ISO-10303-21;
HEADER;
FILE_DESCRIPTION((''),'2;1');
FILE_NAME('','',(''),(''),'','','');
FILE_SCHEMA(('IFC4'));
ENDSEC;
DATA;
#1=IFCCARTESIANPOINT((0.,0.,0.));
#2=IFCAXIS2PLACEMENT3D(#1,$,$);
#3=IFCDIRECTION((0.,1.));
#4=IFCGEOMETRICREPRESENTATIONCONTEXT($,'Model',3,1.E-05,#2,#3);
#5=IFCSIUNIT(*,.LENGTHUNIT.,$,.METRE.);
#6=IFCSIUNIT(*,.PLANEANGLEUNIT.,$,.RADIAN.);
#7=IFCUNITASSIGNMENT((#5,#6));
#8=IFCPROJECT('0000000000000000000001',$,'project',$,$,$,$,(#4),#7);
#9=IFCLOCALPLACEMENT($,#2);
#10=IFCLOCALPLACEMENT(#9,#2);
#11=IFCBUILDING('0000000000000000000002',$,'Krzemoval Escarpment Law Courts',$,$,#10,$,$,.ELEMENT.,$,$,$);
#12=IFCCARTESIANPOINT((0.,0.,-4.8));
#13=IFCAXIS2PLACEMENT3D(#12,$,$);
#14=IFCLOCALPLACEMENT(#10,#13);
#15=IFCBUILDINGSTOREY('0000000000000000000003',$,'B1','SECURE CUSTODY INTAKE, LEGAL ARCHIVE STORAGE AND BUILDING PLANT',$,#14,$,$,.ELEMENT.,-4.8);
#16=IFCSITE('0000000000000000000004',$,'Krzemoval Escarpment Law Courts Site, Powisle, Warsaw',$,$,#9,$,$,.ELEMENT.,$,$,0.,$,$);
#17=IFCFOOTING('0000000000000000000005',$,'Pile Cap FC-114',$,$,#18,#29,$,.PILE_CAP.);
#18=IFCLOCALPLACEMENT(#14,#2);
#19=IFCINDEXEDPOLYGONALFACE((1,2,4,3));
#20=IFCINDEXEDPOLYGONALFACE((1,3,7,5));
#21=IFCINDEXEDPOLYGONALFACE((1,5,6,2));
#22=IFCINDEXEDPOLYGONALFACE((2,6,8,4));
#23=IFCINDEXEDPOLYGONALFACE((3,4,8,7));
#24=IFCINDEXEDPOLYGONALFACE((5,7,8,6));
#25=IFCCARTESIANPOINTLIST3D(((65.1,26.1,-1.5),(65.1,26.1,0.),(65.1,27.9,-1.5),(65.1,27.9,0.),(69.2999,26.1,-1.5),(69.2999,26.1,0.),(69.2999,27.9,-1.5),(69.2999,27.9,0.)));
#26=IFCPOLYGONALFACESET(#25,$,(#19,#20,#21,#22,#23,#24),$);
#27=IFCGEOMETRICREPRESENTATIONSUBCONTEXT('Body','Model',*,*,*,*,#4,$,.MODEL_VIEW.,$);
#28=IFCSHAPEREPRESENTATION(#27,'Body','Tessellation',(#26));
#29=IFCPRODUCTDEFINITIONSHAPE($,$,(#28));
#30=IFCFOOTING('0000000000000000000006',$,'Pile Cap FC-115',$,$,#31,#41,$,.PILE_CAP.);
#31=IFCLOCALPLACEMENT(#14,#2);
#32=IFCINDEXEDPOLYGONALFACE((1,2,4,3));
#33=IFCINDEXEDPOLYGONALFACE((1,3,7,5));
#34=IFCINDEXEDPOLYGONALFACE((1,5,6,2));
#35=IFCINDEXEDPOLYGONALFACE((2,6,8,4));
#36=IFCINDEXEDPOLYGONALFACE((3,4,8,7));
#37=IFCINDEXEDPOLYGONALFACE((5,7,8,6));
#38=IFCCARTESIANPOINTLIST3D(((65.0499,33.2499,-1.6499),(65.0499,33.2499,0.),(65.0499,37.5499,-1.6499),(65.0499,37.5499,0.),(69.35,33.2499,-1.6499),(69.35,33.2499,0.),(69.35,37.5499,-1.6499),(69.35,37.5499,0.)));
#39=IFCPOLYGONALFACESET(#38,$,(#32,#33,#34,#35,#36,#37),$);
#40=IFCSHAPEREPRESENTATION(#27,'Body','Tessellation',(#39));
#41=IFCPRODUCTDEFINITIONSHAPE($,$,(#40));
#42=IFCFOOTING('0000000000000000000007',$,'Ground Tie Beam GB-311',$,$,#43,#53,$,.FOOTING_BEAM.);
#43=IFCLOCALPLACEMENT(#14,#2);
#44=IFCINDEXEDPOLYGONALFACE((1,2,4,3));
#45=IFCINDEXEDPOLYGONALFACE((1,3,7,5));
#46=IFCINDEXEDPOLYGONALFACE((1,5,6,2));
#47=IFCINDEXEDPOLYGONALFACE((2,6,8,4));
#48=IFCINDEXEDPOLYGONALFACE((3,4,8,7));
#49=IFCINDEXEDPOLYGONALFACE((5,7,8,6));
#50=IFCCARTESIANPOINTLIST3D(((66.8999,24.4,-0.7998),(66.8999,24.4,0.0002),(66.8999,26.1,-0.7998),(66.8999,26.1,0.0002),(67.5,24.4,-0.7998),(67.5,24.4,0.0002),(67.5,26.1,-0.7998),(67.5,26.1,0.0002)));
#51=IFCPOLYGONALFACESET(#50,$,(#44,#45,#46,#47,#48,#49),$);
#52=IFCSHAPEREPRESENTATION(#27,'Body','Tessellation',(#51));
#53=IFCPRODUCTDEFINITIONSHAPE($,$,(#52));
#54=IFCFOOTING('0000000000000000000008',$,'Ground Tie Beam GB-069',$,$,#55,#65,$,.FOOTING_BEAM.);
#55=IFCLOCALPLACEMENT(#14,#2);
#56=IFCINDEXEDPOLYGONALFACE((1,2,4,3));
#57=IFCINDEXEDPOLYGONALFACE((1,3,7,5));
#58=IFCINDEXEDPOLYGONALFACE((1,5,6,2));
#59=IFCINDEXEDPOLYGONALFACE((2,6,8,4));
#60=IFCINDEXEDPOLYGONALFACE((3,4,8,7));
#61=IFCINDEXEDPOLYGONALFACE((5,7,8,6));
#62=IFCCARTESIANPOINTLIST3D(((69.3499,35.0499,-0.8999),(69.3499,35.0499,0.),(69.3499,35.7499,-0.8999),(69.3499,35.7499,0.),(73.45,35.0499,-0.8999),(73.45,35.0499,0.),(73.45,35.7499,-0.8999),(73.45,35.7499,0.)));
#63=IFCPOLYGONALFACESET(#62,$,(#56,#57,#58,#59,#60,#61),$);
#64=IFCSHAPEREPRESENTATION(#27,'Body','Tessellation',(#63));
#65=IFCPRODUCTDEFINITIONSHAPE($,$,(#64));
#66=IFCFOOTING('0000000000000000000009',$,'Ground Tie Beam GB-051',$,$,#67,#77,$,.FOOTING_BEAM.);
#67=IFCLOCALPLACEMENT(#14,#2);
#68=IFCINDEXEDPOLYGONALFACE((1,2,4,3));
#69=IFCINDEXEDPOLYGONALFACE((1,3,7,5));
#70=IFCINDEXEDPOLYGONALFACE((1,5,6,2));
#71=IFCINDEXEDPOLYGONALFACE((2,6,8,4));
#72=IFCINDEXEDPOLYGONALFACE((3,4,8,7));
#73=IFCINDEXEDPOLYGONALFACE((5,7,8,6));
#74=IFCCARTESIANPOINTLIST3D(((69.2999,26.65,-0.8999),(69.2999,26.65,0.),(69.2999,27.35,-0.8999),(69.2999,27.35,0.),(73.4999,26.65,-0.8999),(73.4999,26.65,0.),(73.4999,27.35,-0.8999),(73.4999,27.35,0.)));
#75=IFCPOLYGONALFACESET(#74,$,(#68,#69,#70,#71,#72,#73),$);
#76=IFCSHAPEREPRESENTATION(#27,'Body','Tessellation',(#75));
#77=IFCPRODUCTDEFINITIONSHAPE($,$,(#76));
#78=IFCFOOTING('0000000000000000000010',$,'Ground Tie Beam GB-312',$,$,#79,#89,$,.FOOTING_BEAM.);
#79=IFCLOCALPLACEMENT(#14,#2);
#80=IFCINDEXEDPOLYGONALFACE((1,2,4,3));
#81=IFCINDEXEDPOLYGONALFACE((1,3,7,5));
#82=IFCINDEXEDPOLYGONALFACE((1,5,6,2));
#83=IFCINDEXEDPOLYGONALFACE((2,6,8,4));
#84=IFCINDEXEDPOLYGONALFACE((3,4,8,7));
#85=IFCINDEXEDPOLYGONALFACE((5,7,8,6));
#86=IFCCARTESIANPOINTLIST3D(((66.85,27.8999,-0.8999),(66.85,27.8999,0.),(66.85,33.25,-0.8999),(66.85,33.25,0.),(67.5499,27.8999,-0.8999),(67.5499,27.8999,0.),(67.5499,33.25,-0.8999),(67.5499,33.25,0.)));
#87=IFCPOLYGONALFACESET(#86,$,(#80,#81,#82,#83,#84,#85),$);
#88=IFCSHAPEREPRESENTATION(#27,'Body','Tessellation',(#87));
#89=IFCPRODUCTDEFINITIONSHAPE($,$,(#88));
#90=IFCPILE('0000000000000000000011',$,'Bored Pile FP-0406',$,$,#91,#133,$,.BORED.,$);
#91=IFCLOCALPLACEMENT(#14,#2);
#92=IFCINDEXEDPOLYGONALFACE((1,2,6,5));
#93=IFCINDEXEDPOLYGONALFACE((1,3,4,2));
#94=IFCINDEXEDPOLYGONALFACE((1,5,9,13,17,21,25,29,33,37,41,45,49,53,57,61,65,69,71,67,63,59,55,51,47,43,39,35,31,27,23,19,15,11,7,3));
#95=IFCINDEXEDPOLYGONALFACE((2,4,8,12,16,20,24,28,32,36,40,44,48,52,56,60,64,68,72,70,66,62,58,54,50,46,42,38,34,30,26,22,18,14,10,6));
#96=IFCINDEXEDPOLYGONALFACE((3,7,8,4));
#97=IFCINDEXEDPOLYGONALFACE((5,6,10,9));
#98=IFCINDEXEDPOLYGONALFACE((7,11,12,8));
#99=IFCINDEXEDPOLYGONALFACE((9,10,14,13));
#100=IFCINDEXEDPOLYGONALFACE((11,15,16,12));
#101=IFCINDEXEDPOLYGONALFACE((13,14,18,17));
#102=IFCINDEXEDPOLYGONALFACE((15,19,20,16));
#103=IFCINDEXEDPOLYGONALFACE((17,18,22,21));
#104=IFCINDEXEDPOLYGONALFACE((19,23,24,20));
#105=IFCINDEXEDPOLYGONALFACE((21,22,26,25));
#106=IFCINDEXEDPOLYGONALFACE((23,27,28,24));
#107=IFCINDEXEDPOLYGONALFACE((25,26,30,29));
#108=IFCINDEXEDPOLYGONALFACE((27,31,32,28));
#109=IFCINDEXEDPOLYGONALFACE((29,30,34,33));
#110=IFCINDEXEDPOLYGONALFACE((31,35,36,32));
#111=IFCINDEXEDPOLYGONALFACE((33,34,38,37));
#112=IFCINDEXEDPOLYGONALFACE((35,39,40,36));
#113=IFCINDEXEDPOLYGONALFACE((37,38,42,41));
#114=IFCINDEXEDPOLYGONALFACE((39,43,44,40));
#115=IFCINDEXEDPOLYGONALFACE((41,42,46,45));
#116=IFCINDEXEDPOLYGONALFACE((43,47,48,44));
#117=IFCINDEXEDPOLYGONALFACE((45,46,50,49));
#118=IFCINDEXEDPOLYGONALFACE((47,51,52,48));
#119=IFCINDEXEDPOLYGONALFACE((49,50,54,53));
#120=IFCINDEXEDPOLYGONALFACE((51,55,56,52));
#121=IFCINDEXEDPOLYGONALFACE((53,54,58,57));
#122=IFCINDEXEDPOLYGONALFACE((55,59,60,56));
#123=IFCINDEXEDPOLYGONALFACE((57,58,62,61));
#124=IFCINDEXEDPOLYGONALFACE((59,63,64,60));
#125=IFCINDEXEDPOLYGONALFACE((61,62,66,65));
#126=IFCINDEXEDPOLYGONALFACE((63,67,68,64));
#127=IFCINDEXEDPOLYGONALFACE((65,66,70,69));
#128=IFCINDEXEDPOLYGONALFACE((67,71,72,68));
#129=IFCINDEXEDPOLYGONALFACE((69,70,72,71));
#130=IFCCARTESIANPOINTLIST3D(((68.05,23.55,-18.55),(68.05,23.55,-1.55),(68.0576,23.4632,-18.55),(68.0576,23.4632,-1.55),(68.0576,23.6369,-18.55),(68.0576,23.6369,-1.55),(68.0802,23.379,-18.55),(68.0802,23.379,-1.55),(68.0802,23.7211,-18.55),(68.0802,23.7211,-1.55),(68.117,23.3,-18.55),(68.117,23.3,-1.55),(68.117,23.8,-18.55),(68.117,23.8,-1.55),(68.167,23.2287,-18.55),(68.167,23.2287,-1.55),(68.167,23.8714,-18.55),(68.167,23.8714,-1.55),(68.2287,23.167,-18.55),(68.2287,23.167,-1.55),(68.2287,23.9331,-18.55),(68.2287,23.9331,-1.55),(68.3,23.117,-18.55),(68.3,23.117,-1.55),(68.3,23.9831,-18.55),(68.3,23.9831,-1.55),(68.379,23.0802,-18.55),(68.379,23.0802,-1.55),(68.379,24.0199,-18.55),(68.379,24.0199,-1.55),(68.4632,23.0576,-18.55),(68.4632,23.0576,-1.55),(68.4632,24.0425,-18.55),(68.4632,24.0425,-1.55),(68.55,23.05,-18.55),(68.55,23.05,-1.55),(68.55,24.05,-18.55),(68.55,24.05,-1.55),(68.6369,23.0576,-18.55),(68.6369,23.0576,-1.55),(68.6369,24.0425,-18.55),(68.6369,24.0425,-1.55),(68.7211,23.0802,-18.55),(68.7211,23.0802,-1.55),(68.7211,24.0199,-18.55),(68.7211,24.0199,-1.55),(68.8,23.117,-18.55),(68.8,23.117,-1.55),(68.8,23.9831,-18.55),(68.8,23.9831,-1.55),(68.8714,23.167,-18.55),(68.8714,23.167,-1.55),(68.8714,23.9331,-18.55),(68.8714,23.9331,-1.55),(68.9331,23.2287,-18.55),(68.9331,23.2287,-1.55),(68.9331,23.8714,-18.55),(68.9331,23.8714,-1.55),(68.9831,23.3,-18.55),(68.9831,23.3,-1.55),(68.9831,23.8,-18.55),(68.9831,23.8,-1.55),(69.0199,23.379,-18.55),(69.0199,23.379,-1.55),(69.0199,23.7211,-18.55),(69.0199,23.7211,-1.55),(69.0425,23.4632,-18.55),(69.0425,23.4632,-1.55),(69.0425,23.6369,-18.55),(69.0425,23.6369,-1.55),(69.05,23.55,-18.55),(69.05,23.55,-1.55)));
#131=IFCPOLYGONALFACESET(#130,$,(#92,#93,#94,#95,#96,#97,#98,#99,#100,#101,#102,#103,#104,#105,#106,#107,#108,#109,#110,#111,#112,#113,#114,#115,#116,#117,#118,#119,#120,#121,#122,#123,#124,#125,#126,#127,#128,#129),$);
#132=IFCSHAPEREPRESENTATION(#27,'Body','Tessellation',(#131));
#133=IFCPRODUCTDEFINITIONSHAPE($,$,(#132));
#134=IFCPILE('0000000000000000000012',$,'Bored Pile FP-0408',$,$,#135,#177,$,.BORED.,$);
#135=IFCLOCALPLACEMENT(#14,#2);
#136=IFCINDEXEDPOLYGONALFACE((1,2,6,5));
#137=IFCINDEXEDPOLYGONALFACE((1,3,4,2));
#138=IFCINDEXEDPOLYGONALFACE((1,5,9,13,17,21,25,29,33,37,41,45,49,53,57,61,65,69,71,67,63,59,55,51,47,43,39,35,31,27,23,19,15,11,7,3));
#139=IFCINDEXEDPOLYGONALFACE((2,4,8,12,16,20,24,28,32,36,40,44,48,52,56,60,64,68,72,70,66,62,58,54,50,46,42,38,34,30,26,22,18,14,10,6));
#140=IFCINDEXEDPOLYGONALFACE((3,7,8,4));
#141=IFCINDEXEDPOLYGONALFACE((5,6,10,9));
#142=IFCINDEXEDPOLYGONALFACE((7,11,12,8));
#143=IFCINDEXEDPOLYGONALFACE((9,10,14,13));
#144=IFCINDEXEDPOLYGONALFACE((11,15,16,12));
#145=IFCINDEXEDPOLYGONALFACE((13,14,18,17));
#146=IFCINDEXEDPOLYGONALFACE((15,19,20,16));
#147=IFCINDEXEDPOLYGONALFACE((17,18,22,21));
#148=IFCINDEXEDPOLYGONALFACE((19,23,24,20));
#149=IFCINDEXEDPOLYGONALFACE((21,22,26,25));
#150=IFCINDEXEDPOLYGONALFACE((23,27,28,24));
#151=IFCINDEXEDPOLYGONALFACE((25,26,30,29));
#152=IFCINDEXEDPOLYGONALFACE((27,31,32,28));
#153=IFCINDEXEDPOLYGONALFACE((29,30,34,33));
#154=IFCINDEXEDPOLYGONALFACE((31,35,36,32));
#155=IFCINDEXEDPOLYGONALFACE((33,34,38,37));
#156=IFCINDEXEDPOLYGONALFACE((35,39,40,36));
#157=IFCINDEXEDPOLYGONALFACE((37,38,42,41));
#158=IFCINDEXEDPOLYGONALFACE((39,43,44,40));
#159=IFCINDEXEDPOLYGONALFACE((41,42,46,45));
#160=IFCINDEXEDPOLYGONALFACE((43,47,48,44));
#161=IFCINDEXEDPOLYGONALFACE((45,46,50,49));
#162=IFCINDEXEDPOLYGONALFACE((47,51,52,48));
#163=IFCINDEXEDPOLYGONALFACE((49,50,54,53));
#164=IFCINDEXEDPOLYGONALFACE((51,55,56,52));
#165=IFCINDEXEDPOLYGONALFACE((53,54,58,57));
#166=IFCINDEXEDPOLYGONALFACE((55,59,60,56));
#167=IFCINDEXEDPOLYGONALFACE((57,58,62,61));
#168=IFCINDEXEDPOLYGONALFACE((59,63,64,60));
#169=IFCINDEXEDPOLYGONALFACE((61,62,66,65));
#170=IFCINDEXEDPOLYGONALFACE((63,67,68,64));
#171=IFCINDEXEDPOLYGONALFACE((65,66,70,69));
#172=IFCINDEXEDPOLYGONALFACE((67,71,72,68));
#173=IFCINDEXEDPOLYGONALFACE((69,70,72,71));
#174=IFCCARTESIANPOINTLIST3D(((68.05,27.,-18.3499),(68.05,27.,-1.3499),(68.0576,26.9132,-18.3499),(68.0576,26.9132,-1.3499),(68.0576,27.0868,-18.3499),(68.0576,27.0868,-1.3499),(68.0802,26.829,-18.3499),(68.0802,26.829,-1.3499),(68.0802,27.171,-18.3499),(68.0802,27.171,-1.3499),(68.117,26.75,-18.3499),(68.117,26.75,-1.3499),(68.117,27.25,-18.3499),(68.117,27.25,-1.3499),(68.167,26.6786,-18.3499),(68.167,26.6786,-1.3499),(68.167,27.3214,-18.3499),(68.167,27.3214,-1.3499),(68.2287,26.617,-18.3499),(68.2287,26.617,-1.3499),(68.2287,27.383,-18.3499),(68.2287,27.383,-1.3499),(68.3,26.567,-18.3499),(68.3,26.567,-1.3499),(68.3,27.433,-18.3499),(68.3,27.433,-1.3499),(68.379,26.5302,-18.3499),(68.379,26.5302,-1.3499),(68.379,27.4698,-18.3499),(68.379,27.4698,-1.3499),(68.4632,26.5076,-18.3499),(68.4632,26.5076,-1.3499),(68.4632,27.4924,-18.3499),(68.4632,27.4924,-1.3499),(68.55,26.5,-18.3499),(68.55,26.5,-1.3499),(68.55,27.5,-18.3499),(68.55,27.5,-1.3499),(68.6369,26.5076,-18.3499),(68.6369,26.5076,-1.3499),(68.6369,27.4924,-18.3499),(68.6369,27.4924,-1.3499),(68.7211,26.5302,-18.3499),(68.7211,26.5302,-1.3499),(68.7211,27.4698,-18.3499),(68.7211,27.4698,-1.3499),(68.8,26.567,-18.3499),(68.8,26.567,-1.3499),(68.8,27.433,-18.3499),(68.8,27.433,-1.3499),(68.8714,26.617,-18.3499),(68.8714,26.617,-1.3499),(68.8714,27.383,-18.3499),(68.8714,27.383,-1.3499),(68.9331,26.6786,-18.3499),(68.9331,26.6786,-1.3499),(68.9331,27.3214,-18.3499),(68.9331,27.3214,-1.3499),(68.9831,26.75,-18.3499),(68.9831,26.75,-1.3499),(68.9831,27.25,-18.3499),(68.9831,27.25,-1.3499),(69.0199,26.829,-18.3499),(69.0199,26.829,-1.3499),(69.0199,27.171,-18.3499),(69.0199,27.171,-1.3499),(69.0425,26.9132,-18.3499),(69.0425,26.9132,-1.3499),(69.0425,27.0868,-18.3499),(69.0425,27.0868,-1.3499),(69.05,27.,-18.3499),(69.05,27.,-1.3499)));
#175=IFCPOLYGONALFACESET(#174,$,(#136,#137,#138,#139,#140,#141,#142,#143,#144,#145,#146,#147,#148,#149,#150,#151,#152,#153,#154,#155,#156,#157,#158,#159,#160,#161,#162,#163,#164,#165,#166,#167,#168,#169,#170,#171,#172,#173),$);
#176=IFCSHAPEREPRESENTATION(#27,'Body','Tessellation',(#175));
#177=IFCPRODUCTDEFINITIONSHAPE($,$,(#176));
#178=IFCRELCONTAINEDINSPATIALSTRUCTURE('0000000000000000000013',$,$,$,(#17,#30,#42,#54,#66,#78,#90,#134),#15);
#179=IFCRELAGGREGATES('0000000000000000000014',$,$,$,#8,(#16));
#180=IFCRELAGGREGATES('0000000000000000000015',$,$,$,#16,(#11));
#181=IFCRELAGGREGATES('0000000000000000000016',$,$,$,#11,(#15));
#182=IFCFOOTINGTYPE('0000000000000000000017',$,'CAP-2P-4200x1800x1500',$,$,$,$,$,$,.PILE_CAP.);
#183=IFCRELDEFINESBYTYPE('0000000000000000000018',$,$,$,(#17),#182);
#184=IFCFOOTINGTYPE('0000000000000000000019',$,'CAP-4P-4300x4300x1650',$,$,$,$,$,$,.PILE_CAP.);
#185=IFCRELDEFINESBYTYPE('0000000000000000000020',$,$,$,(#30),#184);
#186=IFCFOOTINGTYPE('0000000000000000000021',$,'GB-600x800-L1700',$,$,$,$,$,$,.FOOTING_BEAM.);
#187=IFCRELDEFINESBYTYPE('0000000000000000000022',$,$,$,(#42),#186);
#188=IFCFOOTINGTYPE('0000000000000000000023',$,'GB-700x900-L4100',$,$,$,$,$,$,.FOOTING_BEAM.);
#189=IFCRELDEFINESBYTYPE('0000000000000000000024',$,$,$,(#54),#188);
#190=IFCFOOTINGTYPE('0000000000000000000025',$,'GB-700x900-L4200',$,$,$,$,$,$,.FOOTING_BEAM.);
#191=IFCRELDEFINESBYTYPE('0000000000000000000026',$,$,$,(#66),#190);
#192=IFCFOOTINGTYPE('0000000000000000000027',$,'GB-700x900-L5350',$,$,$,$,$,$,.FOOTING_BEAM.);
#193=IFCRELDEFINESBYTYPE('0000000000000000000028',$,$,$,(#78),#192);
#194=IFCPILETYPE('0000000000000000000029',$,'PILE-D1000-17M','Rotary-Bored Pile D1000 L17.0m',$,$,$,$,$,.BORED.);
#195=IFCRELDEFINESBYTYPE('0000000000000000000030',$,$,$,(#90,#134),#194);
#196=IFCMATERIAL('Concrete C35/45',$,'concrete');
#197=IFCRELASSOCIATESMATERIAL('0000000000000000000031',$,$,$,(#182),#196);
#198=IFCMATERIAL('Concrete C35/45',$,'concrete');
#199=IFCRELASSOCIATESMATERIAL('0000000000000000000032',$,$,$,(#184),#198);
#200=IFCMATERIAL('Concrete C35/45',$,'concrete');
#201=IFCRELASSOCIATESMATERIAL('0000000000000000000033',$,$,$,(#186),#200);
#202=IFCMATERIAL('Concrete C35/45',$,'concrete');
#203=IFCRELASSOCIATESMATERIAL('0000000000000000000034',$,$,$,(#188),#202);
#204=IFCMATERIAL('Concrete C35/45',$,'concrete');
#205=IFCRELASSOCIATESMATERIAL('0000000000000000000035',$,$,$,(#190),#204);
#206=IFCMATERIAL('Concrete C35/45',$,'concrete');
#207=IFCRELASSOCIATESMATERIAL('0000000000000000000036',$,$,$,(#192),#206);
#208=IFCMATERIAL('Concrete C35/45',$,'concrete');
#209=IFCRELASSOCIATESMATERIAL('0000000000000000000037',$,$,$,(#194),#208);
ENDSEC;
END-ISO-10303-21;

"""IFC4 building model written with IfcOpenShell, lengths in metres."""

from ifc_helpers import new_model, si_unit, direction, frame, origin, origin_2d, place, context, subcontext, project, spatial, rectangle, circle, extrude, material, material_profile, profile_set, type_object, element, save


model = new_model("IFC4")

# Units and contexts
model_context = context("Model", 3, precision=1e-05, world=origin(), true_north=direction((0.0, 1.0)))
body_context = subcontext(model_context, "Body", "Model", "MODEL_VIEW")
ifc_project = project(units=[si_unit("LENGTHUNIT", "METRE"), si_unit("PLANEANGLEUNIT", "RADIAN")], contexts=[model_context])

# Site, building, storey
site_placement = place(None, origin())
site = spatial("IfcSite", under=ifc_project, at=site_placement, Name="Krzemoval Escarpment Law Courts Site, Powisle, Warsaw", CompositionType="ELEMENT", RefElevation=0.0)
building_placement = place(site_placement, origin())
building = spatial("IfcBuilding", under=site, at=building_placement, Name="Krzemoval Escarpment Law Courts", CompositionType="ELEMENT")
storey_placement = place(building_placement, frame((0.0, 0.0, -4.8)))
storey = spatial("IfcBuildingStorey", under=building, at=storey_placement, Name="B1", Description="SECURE CUSTODY INTAKE, LEGAL ARCHIVE STORAGE AND BUILDING PLANT", CompositionType="ELEMENT", Elevation=-4.8)

# Footings
ifc_material_1 = material(Name="Concrete C35/45", Category="concrete")
footing_type_1 = type_object("IfcFootingType", Name="CAP-2P-4200x1800x1500", PredefinedType="PILE_CAP", material=ifc_material_1)
footing_1_placement = place(storey_placement, frame((67.2, 27.0, -1.5), z_axis=(0.0, 0.0, 1.0), x_axis=(1.0, 0.0, 0.0)))
element("IfcFooting", 1, at=footing_1_placement, inside=storey, type_object=footing_type_1, Name="Pile Cap FC-114", PredefinedType="PILE_CAP", context=body_context, shape_type="SweptSolid", body=[
    extrude(rectangle(XDim=4.2, YDim=1.8, at=origin_2d()), origin(), (0.0, 0.0, 1.0), 1.5),
])
ifc_material_2 = material(Name="Concrete C35/45", Category="concrete")
footing_type_2 = type_object("IfcFootingType", Name="CAP-4P-4300x4300x1650", PredefinedType="PILE_CAP", material=ifc_material_2)
footing_2_placement = place(storey_placement, frame((67.2, 35.3999, -1.6499), z_axis=(0.0, 0.0, 1.0), x_axis=(1.0, 0.0, 0.0)))
element("IfcFooting", 2, at=footing_2_placement, inside=storey, type_object=footing_type_2, Name="Pile Cap FC-115", PredefinedType="PILE_CAP", context=body_context, shape_type="SweptSolid", body=[
    extrude(rectangle(XDim=4.3, YDim=4.3, at=origin_2d()), origin(), (0.0, 0.0, 1.0), 1.6499),
])
ifc_material_3 = material(Name="Concrete C35/45", Category="concrete")
footing_type_3 = type_object("IfcFootingType", Name="GB-600x800-L1700", PredefinedType="FOOTING_BEAM", material=ifc_material_3)
footing_3_placement = place(storey_placement, frame((67.2, 25.25, -0.7998), z_axis=(0.0, 0.0, 1.0), x_axis=(0.0, 1.0, 0.0)))
element("IfcFooting", 3, at=footing_3_placement, inside=storey, type_object=footing_type_3, Name="Ground Tie Beam GB-311", PredefinedType="FOOTING_BEAM", context=body_context, shape_type="SweptSolid", body=[
    extrude(rectangle(XDim=1.7, YDim=0.6001, at=origin_2d()), origin(), (0.0, 0.0, 1.0), 0.8),
])
ifc_material_4 = material(Name="Concrete C35/45", Category="concrete")
footing_type_4 = type_object("IfcFootingType", Name="GB-700x900-L4100", PredefinedType="FOOTING_BEAM", material=ifc_material_4)
footing_4_placement = place(storey_placement, frame((71.3999, 35.3999, -0.8999), z_axis=(0.0, 0.0, 1.0), x_axis=(1.0, 0.0, 0.0)))
element("IfcFooting", 4, at=footing_4_placement, inside=storey, type_object=footing_type_4, Name="Ground Tie Beam GB-069", PredefinedType="FOOTING_BEAM", context=body_context, shape_type="SweptSolid", body=[
    extrude(rectangle(XDim=4.1001, YDim=0.7, at=origin_2d()), origin(), (0.0, 0.0, 1.0), 0.8999),
])
ifc_material_5 = material(Name="Concrete C35/45", Category="concrete")
footing_type_5 = type_object("IfcFootingType", Name="GB-700x900-L4200", PredefinedType="FOOTING_BEAM", material=ifc_material_5)
footing_5_placement = place(storey_placement, frame((71.3999, 27.0, -0.8999), z_axis=(0.0, 0.0, 1.0), x_axis=(1.0, 0.0, 0.0)))
element("IfcFooting", 5, at=footing_5_placement, inside=storey, type_object=footing_type_5, Name="Ground Tie Beam GB-051", PredefinedType="FOOTING_BEAM", context=body_context, shape_type="SweptSolid", body=[
    extrude(rectangle(XDim=4.2, YDim=0.7, at=origin_2d()), origin(), (0.0, 0.0, 1.0), 0.8999),
])
ifc_material_6 = material(Name="Concrete C35/45", Category="concrete")
footing_type_6 = type_object("IfcFootingType", Name="GB-700x900-L5350", PredefinedType="FOOTING_BEAM", material=ifc_material_6)
footing_6_placement = place(storey_placement, frame((67.2, 30.575, -0.8999), z_axis=(0.0, 0.0, 1.0), x_axis=(0.0, 1.0, 0.0)))
element("IfcFooting", 6, at=footing_6_placement, inside=storey, type_object=footing_type_6, Name="Ground Tie Beam GB-312", PredefinedType="FOOTING_BEAM", context=body_context, shape_type="SweptSolid", body=[
    extrude(rectangle(XDim=5.3501, YDim=0.7, at=origin_2d()), origin(), (0.0, 0.0, 1.0), 0.8999),
])

# Piles
ifc_material_7 = material(Name="Concrete C35/45", Category="concrete")
ifc_material_profile_1 = material_profile(ifc_material_7, circle(Radius=0.5, at=origin_2d()), Name="PILE D1000")
ifc_profile_set_1 = profile_set([ifc_material_profile_1], Name="Concrete C35/45")
pile_type = type_object("IfcPileType", Name="PILE-D1000-17M", Description="Rotary-Bored Pile D1000 L17.0m", PredefinedType="BORED", material=ifc_profile_set_1)
for number, where, z_axis, x_axis, name in (
    (7, (68.55, 23.55, -1.55), (0.0, 0.0, -1.0), (1.0, 0.0, 0.0), "Bored Pile FP-0406"),
    (8, (68.55, 27.0, -1.3499), (0.0, 0.0, -1.0), (1.0, 0.0, 0.0), "Bored Pile FP-0408"),
):
    element("IfcPile", number, at=place(storey_placement, frame(where, z_axis=z_axis, x_axis=x_axis)), inside=storey, type_object=pile_type, Name=name, PredefinedType="BORED", context=body_context, shape_type="SweptSolid", body=[
        extrude(circle(Radius=0.5, at=origin_2d()), origin(), (0.0, 0.0, 1.0), 17.0),
    ])

save(model, "model.ifc")
